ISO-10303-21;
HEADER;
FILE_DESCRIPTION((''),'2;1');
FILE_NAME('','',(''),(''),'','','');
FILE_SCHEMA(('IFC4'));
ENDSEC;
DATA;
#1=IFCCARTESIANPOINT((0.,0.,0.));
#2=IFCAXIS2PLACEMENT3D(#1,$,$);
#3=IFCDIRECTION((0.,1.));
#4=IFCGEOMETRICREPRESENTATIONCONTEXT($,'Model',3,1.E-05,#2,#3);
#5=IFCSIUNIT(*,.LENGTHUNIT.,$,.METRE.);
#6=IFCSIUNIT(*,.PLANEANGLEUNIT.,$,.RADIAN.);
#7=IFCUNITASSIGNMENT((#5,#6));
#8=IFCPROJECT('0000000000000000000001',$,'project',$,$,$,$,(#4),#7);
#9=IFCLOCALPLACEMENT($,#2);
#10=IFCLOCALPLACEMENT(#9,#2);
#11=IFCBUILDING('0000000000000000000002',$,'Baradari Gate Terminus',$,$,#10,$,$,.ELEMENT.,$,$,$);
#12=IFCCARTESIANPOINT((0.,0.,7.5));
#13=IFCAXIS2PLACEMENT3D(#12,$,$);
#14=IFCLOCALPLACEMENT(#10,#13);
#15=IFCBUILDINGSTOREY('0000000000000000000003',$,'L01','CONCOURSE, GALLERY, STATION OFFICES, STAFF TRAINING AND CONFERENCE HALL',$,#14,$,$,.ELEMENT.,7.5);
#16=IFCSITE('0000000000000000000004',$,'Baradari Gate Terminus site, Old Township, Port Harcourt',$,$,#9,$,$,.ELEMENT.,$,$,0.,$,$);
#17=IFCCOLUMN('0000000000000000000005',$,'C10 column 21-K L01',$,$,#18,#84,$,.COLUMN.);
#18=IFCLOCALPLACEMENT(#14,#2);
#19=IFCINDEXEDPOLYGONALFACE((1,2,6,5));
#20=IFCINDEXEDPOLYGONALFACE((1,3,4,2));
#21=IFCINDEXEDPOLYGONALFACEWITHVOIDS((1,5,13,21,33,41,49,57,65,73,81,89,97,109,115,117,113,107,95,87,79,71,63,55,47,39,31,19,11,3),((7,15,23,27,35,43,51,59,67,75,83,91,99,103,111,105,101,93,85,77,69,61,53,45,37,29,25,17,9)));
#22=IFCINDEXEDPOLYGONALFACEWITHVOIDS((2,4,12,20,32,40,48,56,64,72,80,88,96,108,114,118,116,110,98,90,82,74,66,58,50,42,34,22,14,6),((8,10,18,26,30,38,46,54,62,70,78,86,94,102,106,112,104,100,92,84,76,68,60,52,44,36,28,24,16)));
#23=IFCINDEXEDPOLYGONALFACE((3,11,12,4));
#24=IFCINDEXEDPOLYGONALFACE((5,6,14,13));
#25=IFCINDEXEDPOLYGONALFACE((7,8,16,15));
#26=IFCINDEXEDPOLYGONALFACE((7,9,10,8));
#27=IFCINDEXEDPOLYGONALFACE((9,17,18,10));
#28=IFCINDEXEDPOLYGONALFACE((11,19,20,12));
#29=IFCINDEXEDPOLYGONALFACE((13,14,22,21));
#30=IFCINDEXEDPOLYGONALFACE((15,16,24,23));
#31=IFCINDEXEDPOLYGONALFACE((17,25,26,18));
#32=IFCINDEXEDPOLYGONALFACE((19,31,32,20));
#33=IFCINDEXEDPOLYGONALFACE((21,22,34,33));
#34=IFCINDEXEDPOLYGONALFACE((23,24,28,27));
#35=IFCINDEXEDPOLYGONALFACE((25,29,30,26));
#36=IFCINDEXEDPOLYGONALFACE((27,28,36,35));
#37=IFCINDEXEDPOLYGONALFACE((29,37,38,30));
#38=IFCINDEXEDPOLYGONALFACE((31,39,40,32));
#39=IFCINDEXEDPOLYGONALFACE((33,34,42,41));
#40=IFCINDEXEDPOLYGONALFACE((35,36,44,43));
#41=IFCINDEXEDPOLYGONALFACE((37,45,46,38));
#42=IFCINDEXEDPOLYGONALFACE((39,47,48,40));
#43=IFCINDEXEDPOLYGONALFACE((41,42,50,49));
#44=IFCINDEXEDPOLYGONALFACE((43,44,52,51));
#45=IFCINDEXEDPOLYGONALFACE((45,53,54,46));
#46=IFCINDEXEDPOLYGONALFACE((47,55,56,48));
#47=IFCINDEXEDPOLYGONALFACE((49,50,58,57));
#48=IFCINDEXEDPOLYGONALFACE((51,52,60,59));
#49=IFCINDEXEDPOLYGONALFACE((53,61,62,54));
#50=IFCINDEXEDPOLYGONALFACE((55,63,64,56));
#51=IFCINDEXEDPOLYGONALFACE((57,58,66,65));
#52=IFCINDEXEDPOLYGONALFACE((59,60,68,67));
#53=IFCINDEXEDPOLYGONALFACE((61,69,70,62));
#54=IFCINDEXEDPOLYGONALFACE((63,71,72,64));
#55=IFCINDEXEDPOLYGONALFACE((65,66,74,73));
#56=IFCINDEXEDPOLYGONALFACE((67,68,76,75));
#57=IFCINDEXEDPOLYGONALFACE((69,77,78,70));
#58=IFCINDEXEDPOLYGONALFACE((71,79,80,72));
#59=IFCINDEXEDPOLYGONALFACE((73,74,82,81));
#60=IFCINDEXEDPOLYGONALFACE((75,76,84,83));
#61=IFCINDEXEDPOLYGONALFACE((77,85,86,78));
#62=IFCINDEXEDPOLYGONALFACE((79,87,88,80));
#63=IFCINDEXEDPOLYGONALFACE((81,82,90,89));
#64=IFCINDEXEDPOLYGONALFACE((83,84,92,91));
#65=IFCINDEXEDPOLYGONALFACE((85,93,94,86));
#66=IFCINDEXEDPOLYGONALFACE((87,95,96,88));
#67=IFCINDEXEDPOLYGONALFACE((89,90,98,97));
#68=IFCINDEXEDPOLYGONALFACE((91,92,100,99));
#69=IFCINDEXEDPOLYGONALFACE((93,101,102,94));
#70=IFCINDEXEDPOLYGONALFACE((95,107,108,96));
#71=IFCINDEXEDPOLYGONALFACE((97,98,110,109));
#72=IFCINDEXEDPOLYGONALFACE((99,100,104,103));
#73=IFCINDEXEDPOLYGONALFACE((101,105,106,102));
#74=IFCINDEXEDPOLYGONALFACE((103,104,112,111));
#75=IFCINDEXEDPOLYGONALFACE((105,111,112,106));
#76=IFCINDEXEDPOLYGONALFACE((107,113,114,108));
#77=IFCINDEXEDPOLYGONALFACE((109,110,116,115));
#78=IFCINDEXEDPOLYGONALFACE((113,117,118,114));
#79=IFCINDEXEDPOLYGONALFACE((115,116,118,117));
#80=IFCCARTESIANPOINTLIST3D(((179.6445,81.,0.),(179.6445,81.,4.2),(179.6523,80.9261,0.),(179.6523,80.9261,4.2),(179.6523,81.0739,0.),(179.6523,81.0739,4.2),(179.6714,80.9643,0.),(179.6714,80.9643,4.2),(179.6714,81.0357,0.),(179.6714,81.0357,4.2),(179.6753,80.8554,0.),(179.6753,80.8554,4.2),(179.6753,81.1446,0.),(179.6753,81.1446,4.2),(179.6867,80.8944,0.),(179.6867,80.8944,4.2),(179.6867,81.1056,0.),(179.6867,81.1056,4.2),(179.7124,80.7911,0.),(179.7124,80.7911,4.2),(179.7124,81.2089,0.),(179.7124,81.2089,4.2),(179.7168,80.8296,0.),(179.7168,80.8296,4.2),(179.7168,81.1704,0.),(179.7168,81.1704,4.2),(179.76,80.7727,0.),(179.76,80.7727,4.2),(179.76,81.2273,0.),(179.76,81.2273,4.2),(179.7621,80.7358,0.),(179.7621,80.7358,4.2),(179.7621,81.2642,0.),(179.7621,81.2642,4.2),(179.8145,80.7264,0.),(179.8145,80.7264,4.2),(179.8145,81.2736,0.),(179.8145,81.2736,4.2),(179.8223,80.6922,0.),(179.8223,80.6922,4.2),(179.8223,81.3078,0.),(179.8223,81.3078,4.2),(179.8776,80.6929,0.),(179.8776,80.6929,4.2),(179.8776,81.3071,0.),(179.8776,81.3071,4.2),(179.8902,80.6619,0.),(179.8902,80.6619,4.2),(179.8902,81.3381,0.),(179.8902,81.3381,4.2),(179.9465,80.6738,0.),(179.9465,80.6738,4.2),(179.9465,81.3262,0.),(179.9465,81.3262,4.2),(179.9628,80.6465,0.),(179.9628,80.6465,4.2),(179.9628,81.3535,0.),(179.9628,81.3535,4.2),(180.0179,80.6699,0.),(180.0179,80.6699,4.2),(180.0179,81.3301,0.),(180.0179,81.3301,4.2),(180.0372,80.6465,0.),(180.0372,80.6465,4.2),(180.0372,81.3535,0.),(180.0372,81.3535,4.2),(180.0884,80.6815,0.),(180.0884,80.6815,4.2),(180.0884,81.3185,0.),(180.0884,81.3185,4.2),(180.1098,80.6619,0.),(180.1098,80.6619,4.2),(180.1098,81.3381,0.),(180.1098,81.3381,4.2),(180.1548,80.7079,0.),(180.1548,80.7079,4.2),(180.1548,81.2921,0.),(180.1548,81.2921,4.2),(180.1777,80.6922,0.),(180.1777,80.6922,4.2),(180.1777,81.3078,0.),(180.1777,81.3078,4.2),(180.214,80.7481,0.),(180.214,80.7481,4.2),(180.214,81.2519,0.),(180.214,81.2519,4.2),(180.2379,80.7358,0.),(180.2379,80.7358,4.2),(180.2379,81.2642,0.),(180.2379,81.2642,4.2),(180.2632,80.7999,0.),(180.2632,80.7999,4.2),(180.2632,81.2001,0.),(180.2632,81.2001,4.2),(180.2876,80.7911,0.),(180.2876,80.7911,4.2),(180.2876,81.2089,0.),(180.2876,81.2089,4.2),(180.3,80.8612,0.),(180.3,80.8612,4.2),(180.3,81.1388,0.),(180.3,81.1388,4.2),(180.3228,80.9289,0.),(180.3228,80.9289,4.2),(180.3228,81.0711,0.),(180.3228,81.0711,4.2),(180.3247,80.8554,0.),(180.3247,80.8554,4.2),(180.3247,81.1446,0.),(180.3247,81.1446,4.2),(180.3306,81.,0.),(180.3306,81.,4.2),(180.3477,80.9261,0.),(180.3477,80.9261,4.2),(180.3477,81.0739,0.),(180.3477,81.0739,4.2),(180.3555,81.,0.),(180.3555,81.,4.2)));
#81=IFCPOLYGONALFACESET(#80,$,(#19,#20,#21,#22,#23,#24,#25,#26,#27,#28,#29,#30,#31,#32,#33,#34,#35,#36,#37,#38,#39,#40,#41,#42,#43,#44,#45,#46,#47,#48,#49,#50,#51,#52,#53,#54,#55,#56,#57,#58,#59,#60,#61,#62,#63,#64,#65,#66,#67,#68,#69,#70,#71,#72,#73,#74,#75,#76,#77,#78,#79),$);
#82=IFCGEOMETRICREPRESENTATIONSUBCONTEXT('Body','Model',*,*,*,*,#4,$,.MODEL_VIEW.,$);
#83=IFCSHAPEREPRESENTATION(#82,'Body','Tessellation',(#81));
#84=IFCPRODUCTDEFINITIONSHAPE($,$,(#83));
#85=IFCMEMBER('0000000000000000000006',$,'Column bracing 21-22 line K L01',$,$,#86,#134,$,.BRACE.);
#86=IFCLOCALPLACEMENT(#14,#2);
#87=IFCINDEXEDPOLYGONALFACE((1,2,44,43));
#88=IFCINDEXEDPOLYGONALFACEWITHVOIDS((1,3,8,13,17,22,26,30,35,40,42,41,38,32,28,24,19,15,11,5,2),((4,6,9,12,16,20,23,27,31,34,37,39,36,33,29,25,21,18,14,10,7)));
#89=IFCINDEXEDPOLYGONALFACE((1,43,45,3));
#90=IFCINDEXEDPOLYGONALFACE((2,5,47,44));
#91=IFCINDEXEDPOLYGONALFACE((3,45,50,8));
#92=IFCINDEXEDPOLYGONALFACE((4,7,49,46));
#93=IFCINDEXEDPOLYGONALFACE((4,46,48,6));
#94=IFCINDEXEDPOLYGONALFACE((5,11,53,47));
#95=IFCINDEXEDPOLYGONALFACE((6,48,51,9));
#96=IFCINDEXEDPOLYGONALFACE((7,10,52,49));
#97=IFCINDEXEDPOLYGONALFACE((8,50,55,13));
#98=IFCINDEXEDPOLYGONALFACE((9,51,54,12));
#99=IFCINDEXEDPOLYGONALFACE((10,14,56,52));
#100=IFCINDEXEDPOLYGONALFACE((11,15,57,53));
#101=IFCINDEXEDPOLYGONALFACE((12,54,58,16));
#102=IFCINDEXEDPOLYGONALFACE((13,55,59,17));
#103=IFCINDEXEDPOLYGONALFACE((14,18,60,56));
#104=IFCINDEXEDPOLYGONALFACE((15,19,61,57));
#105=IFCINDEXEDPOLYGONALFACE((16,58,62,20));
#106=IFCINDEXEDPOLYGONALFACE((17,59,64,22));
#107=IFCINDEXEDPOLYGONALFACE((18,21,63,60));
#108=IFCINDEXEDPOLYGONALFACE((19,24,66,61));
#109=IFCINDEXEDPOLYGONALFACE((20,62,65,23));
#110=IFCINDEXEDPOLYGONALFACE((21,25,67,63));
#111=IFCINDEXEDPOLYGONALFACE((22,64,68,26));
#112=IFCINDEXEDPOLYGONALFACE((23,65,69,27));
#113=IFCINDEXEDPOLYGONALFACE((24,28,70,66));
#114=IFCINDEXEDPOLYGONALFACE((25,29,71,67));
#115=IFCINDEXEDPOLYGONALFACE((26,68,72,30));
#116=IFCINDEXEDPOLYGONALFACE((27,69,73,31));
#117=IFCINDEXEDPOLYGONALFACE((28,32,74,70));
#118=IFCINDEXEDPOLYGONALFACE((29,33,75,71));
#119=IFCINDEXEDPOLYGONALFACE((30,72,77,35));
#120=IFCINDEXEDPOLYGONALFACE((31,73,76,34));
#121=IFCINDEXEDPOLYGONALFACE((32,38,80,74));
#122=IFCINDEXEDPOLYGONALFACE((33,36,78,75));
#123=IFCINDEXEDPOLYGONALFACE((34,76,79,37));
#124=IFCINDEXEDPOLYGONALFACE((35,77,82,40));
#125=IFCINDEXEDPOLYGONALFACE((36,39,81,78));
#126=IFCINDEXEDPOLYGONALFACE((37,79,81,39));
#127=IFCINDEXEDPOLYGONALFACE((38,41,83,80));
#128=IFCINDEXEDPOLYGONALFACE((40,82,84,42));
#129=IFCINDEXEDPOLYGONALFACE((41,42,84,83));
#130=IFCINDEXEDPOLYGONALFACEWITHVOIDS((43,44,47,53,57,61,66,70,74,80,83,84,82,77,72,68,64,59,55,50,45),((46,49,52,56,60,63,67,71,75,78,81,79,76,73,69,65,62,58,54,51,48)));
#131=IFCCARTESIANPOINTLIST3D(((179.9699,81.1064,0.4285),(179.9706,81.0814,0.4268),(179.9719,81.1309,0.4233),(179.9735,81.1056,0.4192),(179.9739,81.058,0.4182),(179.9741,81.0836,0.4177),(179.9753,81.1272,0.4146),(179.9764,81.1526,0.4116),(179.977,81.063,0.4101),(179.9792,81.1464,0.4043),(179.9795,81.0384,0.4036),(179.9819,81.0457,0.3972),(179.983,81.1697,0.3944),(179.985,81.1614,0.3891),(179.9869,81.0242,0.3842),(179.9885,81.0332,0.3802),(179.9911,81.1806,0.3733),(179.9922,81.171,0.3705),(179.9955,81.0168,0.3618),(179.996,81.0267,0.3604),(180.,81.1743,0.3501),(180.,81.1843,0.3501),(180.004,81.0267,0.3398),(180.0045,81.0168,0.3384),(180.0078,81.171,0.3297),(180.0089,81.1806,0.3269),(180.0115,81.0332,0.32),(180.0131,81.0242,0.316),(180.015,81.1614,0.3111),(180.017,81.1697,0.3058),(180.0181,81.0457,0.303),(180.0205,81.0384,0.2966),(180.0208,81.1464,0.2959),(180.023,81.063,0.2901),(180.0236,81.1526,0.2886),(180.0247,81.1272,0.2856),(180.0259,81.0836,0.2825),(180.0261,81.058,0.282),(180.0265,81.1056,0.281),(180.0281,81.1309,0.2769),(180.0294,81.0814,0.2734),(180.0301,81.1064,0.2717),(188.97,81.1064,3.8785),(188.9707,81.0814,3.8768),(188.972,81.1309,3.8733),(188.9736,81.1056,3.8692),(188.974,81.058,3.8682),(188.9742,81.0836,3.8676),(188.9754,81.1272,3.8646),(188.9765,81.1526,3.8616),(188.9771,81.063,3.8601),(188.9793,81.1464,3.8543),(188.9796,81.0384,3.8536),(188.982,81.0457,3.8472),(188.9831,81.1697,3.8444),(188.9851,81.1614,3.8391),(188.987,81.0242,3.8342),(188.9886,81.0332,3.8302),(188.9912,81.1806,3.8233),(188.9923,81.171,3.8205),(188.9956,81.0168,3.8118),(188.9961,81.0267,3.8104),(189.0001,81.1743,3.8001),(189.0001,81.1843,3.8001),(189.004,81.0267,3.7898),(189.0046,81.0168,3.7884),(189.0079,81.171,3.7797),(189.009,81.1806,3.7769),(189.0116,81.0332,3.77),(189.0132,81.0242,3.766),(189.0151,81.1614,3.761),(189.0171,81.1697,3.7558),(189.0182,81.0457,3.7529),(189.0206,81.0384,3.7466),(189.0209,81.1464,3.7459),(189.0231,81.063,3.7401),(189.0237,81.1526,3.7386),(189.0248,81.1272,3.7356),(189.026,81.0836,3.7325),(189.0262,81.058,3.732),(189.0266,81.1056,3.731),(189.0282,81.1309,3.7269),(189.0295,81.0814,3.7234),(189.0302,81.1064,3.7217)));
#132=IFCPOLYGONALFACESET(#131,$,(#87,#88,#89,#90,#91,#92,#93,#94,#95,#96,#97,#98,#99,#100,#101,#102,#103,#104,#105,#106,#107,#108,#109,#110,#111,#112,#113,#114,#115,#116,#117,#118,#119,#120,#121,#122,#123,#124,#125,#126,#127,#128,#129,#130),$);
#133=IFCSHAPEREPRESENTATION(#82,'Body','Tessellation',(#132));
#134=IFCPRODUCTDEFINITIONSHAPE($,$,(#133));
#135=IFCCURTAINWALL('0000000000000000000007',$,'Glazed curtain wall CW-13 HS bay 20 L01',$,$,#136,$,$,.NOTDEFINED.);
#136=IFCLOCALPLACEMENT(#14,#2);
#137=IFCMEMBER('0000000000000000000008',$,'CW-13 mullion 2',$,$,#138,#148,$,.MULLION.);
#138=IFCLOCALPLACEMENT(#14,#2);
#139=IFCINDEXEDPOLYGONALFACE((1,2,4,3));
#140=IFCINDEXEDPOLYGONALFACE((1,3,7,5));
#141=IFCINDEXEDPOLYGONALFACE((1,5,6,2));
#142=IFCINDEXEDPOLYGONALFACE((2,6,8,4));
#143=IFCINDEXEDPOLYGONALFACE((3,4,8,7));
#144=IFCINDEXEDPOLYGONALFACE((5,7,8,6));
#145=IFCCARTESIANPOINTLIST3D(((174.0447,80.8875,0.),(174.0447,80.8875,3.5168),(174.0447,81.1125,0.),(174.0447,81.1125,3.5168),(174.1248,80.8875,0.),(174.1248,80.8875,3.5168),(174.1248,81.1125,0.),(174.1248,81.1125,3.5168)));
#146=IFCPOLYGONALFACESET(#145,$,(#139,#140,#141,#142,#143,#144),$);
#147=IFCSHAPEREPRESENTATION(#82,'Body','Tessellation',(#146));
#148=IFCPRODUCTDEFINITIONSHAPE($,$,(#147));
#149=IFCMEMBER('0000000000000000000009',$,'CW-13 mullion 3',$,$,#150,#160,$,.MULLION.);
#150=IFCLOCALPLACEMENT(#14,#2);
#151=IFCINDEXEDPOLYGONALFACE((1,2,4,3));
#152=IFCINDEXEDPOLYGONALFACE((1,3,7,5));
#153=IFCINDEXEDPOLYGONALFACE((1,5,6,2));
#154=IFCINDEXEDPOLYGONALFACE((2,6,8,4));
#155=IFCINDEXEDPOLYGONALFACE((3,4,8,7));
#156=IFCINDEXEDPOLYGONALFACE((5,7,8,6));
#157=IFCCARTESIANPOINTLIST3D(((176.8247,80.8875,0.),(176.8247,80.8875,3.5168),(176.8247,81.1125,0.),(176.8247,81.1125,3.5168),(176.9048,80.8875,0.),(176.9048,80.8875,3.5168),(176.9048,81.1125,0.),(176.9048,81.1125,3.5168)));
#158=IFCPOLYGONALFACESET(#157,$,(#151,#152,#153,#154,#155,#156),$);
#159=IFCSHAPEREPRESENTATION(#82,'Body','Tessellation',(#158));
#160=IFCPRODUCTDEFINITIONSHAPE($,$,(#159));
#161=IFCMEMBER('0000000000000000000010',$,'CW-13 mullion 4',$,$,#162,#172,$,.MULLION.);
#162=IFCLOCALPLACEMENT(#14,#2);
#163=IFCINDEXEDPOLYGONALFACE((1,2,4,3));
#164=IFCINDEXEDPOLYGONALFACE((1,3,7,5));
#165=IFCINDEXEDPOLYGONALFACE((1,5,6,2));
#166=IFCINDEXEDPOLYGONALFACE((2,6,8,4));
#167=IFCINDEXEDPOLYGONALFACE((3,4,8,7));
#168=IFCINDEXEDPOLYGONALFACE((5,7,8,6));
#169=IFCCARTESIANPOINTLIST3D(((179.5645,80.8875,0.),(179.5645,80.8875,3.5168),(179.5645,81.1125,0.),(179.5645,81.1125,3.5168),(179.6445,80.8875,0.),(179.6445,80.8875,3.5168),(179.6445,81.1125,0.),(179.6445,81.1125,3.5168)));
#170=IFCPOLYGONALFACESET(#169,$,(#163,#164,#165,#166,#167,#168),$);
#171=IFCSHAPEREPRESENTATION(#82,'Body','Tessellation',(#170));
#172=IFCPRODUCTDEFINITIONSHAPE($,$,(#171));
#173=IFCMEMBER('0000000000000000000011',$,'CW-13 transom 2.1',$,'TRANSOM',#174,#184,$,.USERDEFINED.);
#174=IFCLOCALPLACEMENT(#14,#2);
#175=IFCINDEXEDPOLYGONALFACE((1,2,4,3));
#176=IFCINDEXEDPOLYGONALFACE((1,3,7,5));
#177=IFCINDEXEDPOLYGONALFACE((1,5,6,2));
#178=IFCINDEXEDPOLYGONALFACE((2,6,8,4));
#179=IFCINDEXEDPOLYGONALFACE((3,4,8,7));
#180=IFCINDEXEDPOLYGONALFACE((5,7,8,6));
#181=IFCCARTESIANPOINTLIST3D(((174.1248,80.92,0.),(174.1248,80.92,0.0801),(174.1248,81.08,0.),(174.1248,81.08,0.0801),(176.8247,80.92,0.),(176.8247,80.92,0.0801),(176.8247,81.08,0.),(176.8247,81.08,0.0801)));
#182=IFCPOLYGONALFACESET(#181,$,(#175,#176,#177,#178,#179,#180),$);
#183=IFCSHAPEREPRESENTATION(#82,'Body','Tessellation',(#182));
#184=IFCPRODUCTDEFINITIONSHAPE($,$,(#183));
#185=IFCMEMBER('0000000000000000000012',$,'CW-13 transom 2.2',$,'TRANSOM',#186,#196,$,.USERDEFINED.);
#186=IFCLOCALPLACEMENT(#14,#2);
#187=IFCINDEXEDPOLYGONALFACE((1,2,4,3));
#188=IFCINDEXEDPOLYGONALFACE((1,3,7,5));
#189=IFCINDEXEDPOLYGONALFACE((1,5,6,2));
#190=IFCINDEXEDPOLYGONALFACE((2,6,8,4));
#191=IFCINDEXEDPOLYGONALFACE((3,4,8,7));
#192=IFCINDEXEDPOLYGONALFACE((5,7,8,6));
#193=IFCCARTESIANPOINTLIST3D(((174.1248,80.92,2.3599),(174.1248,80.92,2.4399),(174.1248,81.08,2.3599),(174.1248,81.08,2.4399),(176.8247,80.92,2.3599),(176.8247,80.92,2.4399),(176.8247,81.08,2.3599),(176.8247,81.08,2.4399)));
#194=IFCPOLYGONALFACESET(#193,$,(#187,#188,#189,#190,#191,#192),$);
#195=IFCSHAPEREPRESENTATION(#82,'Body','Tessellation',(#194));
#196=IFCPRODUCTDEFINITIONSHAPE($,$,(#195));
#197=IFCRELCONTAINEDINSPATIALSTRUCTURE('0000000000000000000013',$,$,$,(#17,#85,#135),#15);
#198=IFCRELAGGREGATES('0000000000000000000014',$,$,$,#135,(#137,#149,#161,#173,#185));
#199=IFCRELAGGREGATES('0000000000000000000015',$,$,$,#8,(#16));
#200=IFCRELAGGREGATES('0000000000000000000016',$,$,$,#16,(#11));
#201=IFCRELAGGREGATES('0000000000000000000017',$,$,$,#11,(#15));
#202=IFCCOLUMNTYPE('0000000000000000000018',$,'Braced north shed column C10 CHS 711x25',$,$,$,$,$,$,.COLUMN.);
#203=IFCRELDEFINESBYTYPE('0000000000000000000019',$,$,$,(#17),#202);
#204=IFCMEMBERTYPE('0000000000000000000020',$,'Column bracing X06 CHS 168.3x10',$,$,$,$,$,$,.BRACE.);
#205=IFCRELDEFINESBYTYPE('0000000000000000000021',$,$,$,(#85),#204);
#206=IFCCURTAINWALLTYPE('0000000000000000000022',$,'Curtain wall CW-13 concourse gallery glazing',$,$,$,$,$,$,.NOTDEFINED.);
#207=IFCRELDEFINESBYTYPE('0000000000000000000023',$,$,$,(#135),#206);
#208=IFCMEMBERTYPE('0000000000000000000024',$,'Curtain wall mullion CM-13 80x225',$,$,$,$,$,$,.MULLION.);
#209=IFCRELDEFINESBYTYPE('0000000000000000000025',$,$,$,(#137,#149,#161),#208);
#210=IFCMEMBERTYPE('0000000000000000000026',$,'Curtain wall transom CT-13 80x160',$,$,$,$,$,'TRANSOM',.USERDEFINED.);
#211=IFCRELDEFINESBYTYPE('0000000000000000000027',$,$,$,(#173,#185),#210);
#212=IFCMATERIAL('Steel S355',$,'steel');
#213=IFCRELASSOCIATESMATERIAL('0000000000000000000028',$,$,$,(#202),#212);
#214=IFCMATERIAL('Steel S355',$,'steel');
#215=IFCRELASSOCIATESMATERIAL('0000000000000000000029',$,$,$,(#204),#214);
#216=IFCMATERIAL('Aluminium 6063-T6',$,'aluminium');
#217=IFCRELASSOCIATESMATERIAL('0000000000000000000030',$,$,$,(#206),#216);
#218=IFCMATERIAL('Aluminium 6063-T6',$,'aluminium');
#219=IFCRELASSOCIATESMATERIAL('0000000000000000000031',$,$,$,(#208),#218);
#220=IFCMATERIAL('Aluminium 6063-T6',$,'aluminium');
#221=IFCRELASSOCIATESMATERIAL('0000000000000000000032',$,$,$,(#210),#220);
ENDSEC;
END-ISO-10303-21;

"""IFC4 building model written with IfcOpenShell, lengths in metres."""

from ifc_helpers import new_model, si_unit, direction, frame, origin, origin_2d, place, context, subcontext, project, spatial, rectangle, hollow_circle, extrude, material, material_profile, profile_set, type_object, element, aggregate, save


model = new_model("IFC4")

# Units and contexts
model_context = context("Model", 3, precision=1e-05, world=origin(), true_north=direction((0.0, 1.0)))
body_context = subcontext(model_context, "Body", "Model", "MODEL_VIEW")
ifc_project = project(units=[si_unit("LENGTHUNIT", "METRE"), si_unit("PLANEANGLEUNIT", "RADIAN")], contexts=[model_context])

# Site, building, storey
site_placement = place(None, origin())
site = spatial("IfcSite", under=ifc_project, at=site_placement, Name="Baradari Gate Terminus site, Old Township, Port Harcourt", CompositionType="ELEMENT", RefElevation=0.0)
building_placement = place(site_placement, origin())
building = spatial("IfcBuilding", under=site, at=building_placement, Name="Baradari Gate Terminus", CompositionType="ELEMENT")
storey_placement = place(building_placement, frame((0.0, 0.0, 7.5)))
storey = spatial("IfcBuildingStorey", under=building, at=storey_placement, Name="L01", Description="CONCOURSE, GALLERY, STATION OFFICES, STAFF TRAINING AND CONFERENCE HALL", CompositionType="ELEMENT", Elevation=7.5)

# Column
ifc_material_1 = material(Name="Steel S355", Category="steel")
ifc_material_profile_1 = material_profile(ifc_material_1, hollow_circle(Radius=0.3555, WallThickness=0.0249, at=origin_2d()), Name="CHS 711x25")
ifc_profile_set_1 = profile_set([ifc_material_profile_1], Name="Steel S355")
column_type = type_object("IfcColumnType", Name="Braced north shed column C10 CHS 711x25", PredefinedType="COLUMN", material=ifc_profile_set_1)
column_placement = place(storey_placement, frame((180.0, 81.0, 0.0), z_axis=(0.0, 0.0, 1.0), x_axis=(1.0, 0.0, 0.0)))
element("IfcColumn", 1, at=column_placement, inside=storey, type_object=column_type, Name="C10 column 21-K L01", PredefinedType="COLUMN", context=body_context, shape_type="SweptSolid", body=[
    extrude(hollow_circle(Radius=0.3555, WallThickness=0.0249, at=origin_2d()), origin(), (0.0, 0.0, 1.0), 4.2),
])

# Member
ifc_material_2 = material(Name="Steel S355", Category="steel")
ifc_material_profile_2 = material_profile(ifc_material_2, hollow_circle(Radius=0.0842, WallThickness=0.01, at=origin_2d()), Name="CHS 168.3x10")
ifc_profile_set_2 = profile_set([ifc_material_profile_2], Name="Steel S355")
member_type_1 = type_object("IfcMemberType", Name="Column bracing X06 CHS 168.3x10", PredefinedType="BRACE", material=ifc_profile_set_2)
member_1_placement = place(storey_placement, frame((180.0, 81.1001, 0.3501), z_axis=(0.933748, 0.0, 0.357932), x_axis=(0.0, 1.0, 0.0)))
element("IfcMember", 2, at=member_1_placement, inside=storey, type_object=member_type_1, Name="Column bracing 21-22 line K L01", PredefinedType="BRACE", context=body_context, shape_type="SweptSolid", body=[
    extrude(hollow_circle(Radius=0.0842, WallThickness=0.01, at=origin_2d()), origin(), (0.0, 0.0, 1.0), 9.6387),
])

# Curtain wall, members
ifc_material_3 = material(Name="Aluminium 6063-T6", Category="aluminium")
curtain_wall_type = type_object("IfcCurtainWallType", Name="Curtain wall CW-13 concourse gallery glazing", PredefinedType="NOTDEFINED", material=ifc_material_3)
curtain_wall_placement = place(storey_placement, origin())
curtain_wall = element("IfcCurtainWall", 3, at=curtain_wall_placement, inside=storey, type_object=curtain_wall_type, Name="Glazed curtain wall CW-13 HS bay 20 L01", PredefinedType="NOTDEFINED")
ifc_material_4 = material(Name="Aluminium 6063-T6", Category="aluminium")
ifc_material_profile_3 = material_profile(ifc_material_4, rectangle(XDim=0.2251, YDim=0.0801, at=origin_2d()), Name="CM-13 80X225")
ifc_profile_set_3 = profile_set([ifc_material_profile_3], Name="Aluminium 6063-T6")
member_type_2 = type_object("IfcMemberType", Name="Curtain wall mullion CM-13 80x225", PredefinedType="MULLION", material=ifc_profile_set_3)
member_2_placement = place(storey_placement, frame((174.0847, 81.0, 0.0), z_axis=(0.0, 0.0, 1.0), x_axis=(0.0, 1.0, 0.0)))
member_2 = element("IfcMember", 4, at=member_2_placement, type_object=member_type_2, Name="CW-13 mullion 2", PredefinedType="MULLION", context=body_context, shape_type="SweptSolid", body=[
    extrude(rectangle(XDim=0.2251, YDim=0.0801, at=origin_2d()), origin(), (0.0, 0.0, 1.0), 3.5168),
])
member_3_placement = place(storey_placement, frame((176.8647, 81.0, 0.0), z_axis=(0.0, 0.0, 1.0), x_axis=(0.0, 1.0, 0.0)))
member_3 = element("IfcMember", 5, at=member_3_placement, type_object=member_type_2, Name="CW-13 mullion 3", PredefinedType="MULLION", context=body_context, shape_type="SweptSolid", body=[
    extrude(rectangle(XDim=0.2251, YDim=0.0801, at=origin_2d()), origin(), (0.0, 0.0, 1.0), 3.5168),
])
member_4_placement = place(storey_placement, frame((179.6045, 81.0, 0.0), z_axis=(0.0, 0.0, 1.0), x_axis=(0.0, 1.0, 0.0)))
member_4 = element("IfcMember", 6, at=member_4_placement, type_object=member_type_2, Name="CW-13 mullion 4", PredefinedType="MULLION", context=body_context, shape_type="SweptSolid", body=[
    extrude(rectangle(XDim=0.2251, YDim=0.0801, at=origin_2d()), origin(), (0.0, 0.0, 1.0), 3.5168),
])
ifc_material_5 = material(Name="Aluminium 6063-T6", Category="aluminium")
ifc_material_profile_4 = material_profile(ifc_material_5, rectangle(XDim=0.1599, YDim=0.0801, at=origin_2d()), Name="CT-13 80X160")
ifc_profile_set_4 = profile_set([ifc_material_profile_4], Name="Aluminium 6063-T6")
member_type_3 = type_object("IfcMemberType", Name="Curtain wall transom CT-13 80x160", ElementType="TRANSOM", PredefinedType="USERDEFINED", material=ifc_profile_set_4)
member_5_placement = place(storey_placement, frame((174.1248, 81.0, 0.04), z_axis=(1.0, 0.0, 0.0), x_axis=(0.0, 1.0, 0.0)))
member_5 = element("IfcMember", 7, at=member_5_placement, type_object=member_type_3, Name="CW-13 transom 2.1", ObjectType="TRANSOM", PredefinedType="USERDEFINED", context=body_context, shape_type="SweptSolid", body=[
    extrude(rectangle(XDim=0.1599, YDim=0.0801, at=origin_2d()), origin(), (0.0, 0.0, 1.0), 2.7),
])
member_6_placement = place(storey_placement, frame((174.1248, 81.0, 2.3999), z_axis=(1.0, 0.0, 0.0), x_axis=(0.0, 1.0, 0.0)))
member_6 = element("IfcMember", 8, at=member_6_placement, type_object=member_type_3, Name="CW-13 transom 2.2", ObjectType="TRANSOM", PredefinedType="USERDEFINED", context=body_context, shape_type="SweptSolid", body=[
    extrude(rectangle(XDim=0.1599, YDim=0.0801, at=origin_2d()), origin(), (0.0, 0.0, 1.0), 2.7),
])

aggregate(curtain_wall, [member_2, member_3, member_4, member_5, member_6])

save(model, "model.ifc")
